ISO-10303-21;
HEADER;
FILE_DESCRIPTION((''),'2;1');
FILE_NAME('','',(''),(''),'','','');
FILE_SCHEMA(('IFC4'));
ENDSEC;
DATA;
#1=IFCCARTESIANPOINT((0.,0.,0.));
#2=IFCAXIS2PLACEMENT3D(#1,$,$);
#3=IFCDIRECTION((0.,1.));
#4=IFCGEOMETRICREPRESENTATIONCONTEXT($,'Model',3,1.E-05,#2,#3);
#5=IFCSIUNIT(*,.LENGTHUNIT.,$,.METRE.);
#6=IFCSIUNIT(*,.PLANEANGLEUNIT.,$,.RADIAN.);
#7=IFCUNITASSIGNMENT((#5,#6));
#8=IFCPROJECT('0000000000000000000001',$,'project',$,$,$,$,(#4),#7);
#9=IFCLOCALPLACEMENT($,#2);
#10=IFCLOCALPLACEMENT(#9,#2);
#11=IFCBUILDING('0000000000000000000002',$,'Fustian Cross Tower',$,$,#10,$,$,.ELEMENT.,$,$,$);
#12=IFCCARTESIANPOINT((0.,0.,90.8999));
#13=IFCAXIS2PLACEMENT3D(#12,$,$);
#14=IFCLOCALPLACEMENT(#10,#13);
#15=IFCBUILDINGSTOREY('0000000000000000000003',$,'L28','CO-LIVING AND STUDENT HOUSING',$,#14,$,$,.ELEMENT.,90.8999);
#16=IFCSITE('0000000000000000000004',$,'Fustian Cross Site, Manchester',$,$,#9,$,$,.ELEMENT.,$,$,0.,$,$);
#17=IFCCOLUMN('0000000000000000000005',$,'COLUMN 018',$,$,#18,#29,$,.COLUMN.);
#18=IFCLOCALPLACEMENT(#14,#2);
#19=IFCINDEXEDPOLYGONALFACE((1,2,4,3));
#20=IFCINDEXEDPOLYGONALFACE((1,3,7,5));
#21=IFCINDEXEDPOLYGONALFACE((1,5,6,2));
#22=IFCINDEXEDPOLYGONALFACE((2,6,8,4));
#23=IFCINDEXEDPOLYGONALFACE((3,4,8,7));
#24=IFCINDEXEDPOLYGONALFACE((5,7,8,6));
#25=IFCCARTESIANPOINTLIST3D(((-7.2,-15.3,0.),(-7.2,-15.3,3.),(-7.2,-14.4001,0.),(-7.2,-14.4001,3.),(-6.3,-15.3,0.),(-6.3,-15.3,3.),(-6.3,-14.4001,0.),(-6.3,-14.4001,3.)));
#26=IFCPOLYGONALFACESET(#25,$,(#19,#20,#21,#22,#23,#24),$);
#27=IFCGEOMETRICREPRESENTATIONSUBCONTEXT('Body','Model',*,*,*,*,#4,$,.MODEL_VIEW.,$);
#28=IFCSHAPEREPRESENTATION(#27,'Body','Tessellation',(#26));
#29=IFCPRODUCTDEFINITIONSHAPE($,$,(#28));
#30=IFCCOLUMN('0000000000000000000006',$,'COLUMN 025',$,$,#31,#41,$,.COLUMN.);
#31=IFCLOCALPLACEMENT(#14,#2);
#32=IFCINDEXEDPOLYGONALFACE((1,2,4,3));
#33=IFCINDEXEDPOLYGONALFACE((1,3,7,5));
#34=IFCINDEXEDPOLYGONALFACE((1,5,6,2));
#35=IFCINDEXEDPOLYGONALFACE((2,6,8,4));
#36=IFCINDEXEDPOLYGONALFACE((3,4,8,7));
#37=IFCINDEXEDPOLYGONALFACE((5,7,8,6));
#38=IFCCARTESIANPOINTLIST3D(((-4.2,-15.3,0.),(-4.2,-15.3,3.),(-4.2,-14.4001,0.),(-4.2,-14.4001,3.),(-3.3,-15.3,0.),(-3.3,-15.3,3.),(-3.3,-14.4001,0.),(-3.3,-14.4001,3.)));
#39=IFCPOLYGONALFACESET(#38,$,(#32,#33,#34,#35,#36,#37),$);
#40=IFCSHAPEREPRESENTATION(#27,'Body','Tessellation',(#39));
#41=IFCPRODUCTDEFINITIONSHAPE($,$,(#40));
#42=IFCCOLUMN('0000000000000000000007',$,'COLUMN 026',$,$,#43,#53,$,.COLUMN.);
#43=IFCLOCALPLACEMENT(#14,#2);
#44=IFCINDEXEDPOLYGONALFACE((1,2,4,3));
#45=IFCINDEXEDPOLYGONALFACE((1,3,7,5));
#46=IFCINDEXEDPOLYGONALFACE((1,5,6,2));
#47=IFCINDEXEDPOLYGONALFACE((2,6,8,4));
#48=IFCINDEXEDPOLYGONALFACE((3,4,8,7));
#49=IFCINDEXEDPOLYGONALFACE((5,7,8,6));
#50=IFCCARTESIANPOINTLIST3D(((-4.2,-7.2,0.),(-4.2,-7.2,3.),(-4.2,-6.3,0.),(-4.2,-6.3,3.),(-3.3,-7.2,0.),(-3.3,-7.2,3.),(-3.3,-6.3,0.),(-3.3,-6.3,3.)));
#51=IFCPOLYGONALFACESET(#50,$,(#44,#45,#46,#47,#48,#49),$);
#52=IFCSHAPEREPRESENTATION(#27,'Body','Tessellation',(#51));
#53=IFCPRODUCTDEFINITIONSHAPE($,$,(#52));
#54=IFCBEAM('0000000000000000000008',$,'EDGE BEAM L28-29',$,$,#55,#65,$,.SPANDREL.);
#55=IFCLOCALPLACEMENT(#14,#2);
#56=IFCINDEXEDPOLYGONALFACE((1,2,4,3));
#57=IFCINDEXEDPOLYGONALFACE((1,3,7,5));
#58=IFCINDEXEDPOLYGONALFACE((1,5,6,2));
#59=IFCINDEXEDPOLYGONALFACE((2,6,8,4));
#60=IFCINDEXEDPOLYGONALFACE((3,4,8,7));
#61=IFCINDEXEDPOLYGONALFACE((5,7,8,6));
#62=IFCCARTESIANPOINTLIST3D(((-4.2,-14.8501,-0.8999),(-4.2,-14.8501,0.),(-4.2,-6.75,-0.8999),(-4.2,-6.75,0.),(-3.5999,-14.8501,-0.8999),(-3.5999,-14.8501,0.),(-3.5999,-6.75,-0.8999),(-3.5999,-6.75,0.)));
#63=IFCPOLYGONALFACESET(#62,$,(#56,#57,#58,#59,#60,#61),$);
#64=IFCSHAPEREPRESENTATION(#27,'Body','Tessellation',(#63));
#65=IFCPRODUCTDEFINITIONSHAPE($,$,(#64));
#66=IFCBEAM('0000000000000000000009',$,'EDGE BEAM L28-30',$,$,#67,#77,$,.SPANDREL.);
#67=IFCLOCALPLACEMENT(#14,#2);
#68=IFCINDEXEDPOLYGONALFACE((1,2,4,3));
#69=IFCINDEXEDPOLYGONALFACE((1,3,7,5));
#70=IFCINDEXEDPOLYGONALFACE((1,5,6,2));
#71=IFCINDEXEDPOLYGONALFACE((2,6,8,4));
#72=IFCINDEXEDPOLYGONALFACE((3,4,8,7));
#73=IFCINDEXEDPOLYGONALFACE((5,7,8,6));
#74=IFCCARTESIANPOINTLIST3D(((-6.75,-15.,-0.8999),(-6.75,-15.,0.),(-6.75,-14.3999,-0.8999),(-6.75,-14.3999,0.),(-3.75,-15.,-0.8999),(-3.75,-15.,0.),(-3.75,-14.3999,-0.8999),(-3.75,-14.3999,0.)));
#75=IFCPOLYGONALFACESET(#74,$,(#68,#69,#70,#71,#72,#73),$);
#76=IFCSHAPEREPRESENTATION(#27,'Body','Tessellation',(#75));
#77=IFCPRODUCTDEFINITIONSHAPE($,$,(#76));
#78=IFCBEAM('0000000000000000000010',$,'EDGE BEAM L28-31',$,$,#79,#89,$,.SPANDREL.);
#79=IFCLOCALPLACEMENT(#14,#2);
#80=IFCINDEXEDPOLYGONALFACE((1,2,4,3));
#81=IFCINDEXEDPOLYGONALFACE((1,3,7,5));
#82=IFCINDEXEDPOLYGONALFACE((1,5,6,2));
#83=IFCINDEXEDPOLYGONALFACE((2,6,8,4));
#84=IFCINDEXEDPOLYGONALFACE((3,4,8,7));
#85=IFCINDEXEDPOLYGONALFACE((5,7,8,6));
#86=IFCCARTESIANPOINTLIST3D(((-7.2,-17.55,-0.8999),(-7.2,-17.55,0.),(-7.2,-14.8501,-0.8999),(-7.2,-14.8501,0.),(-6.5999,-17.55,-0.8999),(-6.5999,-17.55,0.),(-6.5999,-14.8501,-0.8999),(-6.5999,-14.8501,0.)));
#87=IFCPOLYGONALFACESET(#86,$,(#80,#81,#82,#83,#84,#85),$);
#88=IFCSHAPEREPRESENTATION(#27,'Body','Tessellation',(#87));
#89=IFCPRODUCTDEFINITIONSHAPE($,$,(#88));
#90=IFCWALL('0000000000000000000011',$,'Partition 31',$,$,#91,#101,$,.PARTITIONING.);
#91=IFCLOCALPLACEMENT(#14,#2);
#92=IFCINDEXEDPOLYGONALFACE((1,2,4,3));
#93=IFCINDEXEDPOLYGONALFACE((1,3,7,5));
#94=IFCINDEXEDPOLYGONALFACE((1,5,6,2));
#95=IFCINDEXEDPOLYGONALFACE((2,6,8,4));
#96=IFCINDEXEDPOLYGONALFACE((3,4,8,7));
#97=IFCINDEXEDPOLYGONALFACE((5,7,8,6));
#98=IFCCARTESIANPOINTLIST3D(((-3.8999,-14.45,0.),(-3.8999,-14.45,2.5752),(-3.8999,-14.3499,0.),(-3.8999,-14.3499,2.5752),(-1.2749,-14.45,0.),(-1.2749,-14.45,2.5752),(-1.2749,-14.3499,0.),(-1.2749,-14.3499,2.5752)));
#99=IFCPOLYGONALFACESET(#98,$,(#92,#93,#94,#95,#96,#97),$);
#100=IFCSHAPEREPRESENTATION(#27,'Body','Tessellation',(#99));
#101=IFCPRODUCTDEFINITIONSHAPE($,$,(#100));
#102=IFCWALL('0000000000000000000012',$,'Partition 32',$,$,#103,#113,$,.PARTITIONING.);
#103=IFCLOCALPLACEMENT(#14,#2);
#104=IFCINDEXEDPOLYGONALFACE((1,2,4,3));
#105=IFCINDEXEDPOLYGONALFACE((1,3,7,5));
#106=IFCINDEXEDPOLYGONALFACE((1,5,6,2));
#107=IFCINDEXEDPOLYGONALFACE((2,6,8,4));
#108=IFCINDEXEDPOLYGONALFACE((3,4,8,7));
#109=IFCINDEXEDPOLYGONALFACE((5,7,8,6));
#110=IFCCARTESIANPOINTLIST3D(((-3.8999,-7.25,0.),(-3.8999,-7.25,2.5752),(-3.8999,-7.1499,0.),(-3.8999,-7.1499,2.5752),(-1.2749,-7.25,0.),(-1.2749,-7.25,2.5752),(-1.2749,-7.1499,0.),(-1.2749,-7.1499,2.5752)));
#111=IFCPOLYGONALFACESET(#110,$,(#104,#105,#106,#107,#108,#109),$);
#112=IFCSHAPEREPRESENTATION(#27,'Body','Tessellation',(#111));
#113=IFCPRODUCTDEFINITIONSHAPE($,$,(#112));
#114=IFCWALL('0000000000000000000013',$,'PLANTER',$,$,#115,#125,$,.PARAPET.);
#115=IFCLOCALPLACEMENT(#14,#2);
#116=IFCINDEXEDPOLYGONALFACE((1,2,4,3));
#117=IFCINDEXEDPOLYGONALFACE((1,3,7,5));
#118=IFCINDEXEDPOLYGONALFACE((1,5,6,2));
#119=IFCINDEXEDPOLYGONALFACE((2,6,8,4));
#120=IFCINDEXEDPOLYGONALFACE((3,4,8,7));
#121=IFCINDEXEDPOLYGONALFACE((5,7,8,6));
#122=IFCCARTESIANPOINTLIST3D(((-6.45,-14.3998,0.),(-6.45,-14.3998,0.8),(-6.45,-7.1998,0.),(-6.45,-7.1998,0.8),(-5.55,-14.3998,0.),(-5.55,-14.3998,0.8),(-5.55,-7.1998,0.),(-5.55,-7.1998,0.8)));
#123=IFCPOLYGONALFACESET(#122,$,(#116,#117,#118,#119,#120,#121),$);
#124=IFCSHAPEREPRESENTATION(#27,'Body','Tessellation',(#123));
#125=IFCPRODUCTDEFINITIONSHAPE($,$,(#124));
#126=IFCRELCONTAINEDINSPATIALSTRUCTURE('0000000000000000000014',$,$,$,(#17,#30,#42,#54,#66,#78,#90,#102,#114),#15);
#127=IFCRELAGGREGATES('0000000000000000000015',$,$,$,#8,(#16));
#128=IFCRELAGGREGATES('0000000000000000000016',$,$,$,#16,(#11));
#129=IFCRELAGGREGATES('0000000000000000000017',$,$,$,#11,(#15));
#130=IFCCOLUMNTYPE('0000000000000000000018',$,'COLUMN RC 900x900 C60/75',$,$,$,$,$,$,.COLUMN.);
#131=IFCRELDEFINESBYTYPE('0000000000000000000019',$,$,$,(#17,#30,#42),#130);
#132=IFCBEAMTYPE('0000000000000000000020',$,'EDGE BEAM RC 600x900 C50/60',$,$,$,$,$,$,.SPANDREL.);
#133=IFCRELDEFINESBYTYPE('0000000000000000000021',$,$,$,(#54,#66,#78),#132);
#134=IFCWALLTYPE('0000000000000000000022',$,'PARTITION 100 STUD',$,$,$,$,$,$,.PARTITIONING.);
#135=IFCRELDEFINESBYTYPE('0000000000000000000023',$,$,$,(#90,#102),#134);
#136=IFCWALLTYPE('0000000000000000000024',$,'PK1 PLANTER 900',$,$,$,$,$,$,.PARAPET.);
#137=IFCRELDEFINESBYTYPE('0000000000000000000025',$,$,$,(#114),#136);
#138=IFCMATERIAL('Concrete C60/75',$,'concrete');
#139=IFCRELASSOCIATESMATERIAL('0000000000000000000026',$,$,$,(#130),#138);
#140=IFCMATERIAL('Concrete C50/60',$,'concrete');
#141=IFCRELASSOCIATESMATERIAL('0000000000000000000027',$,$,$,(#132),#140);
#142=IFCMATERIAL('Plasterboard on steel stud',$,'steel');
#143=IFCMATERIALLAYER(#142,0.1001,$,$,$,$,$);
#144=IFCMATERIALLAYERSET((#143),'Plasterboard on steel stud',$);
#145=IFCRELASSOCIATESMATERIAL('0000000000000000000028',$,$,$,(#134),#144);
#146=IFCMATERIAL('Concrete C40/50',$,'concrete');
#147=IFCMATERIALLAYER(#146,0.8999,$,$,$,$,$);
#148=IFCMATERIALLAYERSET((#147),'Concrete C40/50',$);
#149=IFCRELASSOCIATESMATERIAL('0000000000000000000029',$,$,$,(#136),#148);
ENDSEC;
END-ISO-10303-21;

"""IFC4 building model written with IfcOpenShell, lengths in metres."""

from ifc_helpers import new_model, si_unit, direction, frame, frame_2d, origin, origin_2d, place, context, subcontext, project, spatial, rectangle, extrude, material, layer, layer_set, material_profile, profile_set, type_object, element, save


model = new_model("IFC4")

# Units and contexts
model_context = context("Model", 3, precision=1e-05, world=origin(), true_north=direction((0.0, 1.0)))
body_context = subcontext(model_context, "Body", "Model", "MODEL_VIEW")
ifc_project = project(units=[si_unit("LENGTHUNIT", "METRE"), si_unit("PLANEANGLEUNIT", "RADIAN")], contexts=[model_context])

# Site, building, storey
site_placement = place(None, origin())
site = spatial("IfcSite", under=ifc_project, at=site_placement, Name="Fustian Cross Site, Manchester", CompositionType="ELEMENT", RefElevation=0.0)
building_placement = place(site_placement, origin())
building = spatial("IfcBuilding", under=site, at=building_placement, Name="Fustian Cross Tower", CompositionType="ELEMENT")
storey_placement = place(building_placement, frame((0.0, 0.0, 90.8999)))
storey = spatial("IfcBuildingStorey", under=building, at=storey_placement, Name="L28", Description="CO-LIVING AND STUDENT HOUSING", CompositionType="ELEMENT", Elevation=90.8999)

# Columns
ifc_material_1 = material(Name="Concrete C60/75", Category="concrete")
ifc_material_profile_1 = material_profile(ifc_material_1, rectangle(XDim=0.8999, YDim=0.8999, at=origin_2d()), Name="RC 900x900")
ifc_profile_set_1 = profile_set([ifc_material_profile_1], Name="Concrete C60/75")
column_type = type_object("IfcColumnType", Name="COLUMN RC 900x900 C60/75", PredefinedType="COLUMN", material=ifc_profile_set_1)
for number, where, z_axis, x_axis, name in (
    (1, (-6.75, -14.8501, 0.0), (0.0, 0.0, 1.0), (1.0, 0.0, 0.0), "COLUMN 018"),
    (2, (-3.75, -14.8501, 0.0), (0.0, 0.0, 1.0), (1.0, 0.0, 0.0), "COLUMN 025"),
    (3, (-3.75, -6.75, 0.0), (0.0, 0.0, 1.0), (1.0, 0.0, 0.0), "COLUMN 026"),
):
    element("IfcColumn", number, at=place(storey_placement, frame(where, z_axis=z_axis, x_axis=x_axis)), inside=storey, type_object=column_type, Name=name, PredefinedType="COLUMN", context=body_context, shape_type="SweptSolid", body=[
        extrude(rectangle(XDim=0.8999, YDim=0.8999, at=origin_2d()), origin(), (0.0, 0.0, 1.0), 3.0),
    ])

# Beams
ifc_material_2 = material(Name="Concrete C50/60", Category="concrete")
ifc_material_profile_2 = material_profile(ifc_material_2, rectangle(XDim=0.6001, YDim=0.8999, at=origin_2d()), Name="RC 600x900")
ifc_profile_set_2 = profile_set([ifc_material_profile_2], Name="Concrete C50/60")
beam_type = type_object("IfcBeamType", Name="EDGE BEAM RC 600x900 C50/60", PredefinedType="SPANDREL", material=ifc_profile_set_2)
beam_1_placement = place(storey_placement, frame((-3.8999, -6.75, -0.45), z_axis=(0.0, -1.0, 0.0), x_axis=(1.0, 0.0, 0.0)))
element("IfcBeam", 4, at=beam_1_placement, inside=storey, type_object=beam_type, Name="EDGE BEAM L28-29", PredefinedType="SPANDREL", context=body_context, shape_type="SweptSolid", body=[
    extrude(rectangle(XDim=0.6001, YDim=0.8999, at=origin_2d()), origin(), (0.0, 0.0, 1.0), 8.1001),
])
beam_2_placement = place(storey_placement, frame((-3.75, -14.7, -0.45), z_axis=(-1.0, 0.0, 0.0), x_axis=(0.0, -1.0, 0.0)))
element("IfcBeam", 5, at=beam_2_placement, inside=storey, type_object=beam_type, Name="EDGE BEAM L28-30", PredefinedType="SPANDREL", context=body_context, shape_type="SweptSolid", body=[
    extrude(rectangle(XDim=0.6001, YDim=0.8999, at=origin_2d()), origin(), (0.0, 0.0, 1.0), 3.0),
])
beam_3_placement = place(storey_placement, frame((-6.8999, -14.8501, -0.45), z_axis=(0.0, -1.0, 0.0), x_axis=(1.0, 0.0, 0.0)))
element("IfcBeam", 6, at=beam_3_placement, inside=storey, type_object=beam_type, Name="EDGE BEAM L28-31", PredefinedType="SPANDREL", context=body_context, shape_type="SweptSolid", body=[
    extrude(rectangle(XDim=0.6001, YDim=0.8999, at=origin_2d()), origin(), (0.0, 0.0, 1.0), 2.7),
])

# Walls
ifc_material_3 = material(Name="Plasterboard on steel stud", Category="steel")
ifc_layer_1 = layer(ifc_material_3, 0.1001)
ifc_layer_set_1 = layer_set([ifc_layer_1], Name="Plasterboard on steel stud")
wall_type_1 = type_object("IfcWallType", Name="PARTITION 100 STUD", PredefinedType="PARTITIONING", material=ifc_layer_set_1)
for number, where, z_axis, x_axis, name in (
    (7, (-3.8999, -14.3999, 0.0), (0.0, 0.0, 1.0), (1.0, 0.0, 0.0), "Partition 31"),
    (8, (-3.8999, -7.2, 0.0), (0.0, 0.0, 1.0), (1.0, 0.0, 0.0), "Partition 32"),
):
    element("IfcWall", number, at=place(storey_placement, frame(where, z_axis=z_axis, x_axis=x_axis)), inside=storey, type_object=wall_type_1, Name=name, PredefinedType="PARTITIONING", context=body_context, shape_type="SweptSolid", body=[
        extrude(rectangle(XDim=2.625, YDim=0.1001, at=frame_2d((1.3125, 0.0))), origin(), (0.0, 0.0, 1.0), 2.5752),
    ])
ifc_material_4 = material(Name="Concrete C40/50", Category="concrete")
ifc_layer_2 = layer(ifc_material_4, 0.8999)
ifc_layer_set_2 = layer_set([ifc_layer_2], Name="Concrete C40/50")
wall_type_2 = type_object("IfcWallType", Name="PK1 PLANTER 900", PredefinedType="PARAPET", material=ifc_layer_set_2)
wall_1_placement = place(storey_placement, frame((-6.0, -14.3999, 0.0), z_axis=(0.0, 0.0, 1.0), x_axis=(0.0, 1.0, 0.0)))
element("IfcWall", 9, at=wall_1_placement, inside=storey, type_object=wall_type_2, Name="PLANTER", PredefinedType="PARAPET", context=body_context, shape_type="SweptSolid", body=[
    extrude(rectangle(XDim=7.2, YDim=0.8999, at=frame_2d((3.6001, 0.0))), origin(), (0.0, 0.0, 1.0), 0.8),
])

save(model, "model.ifc")
